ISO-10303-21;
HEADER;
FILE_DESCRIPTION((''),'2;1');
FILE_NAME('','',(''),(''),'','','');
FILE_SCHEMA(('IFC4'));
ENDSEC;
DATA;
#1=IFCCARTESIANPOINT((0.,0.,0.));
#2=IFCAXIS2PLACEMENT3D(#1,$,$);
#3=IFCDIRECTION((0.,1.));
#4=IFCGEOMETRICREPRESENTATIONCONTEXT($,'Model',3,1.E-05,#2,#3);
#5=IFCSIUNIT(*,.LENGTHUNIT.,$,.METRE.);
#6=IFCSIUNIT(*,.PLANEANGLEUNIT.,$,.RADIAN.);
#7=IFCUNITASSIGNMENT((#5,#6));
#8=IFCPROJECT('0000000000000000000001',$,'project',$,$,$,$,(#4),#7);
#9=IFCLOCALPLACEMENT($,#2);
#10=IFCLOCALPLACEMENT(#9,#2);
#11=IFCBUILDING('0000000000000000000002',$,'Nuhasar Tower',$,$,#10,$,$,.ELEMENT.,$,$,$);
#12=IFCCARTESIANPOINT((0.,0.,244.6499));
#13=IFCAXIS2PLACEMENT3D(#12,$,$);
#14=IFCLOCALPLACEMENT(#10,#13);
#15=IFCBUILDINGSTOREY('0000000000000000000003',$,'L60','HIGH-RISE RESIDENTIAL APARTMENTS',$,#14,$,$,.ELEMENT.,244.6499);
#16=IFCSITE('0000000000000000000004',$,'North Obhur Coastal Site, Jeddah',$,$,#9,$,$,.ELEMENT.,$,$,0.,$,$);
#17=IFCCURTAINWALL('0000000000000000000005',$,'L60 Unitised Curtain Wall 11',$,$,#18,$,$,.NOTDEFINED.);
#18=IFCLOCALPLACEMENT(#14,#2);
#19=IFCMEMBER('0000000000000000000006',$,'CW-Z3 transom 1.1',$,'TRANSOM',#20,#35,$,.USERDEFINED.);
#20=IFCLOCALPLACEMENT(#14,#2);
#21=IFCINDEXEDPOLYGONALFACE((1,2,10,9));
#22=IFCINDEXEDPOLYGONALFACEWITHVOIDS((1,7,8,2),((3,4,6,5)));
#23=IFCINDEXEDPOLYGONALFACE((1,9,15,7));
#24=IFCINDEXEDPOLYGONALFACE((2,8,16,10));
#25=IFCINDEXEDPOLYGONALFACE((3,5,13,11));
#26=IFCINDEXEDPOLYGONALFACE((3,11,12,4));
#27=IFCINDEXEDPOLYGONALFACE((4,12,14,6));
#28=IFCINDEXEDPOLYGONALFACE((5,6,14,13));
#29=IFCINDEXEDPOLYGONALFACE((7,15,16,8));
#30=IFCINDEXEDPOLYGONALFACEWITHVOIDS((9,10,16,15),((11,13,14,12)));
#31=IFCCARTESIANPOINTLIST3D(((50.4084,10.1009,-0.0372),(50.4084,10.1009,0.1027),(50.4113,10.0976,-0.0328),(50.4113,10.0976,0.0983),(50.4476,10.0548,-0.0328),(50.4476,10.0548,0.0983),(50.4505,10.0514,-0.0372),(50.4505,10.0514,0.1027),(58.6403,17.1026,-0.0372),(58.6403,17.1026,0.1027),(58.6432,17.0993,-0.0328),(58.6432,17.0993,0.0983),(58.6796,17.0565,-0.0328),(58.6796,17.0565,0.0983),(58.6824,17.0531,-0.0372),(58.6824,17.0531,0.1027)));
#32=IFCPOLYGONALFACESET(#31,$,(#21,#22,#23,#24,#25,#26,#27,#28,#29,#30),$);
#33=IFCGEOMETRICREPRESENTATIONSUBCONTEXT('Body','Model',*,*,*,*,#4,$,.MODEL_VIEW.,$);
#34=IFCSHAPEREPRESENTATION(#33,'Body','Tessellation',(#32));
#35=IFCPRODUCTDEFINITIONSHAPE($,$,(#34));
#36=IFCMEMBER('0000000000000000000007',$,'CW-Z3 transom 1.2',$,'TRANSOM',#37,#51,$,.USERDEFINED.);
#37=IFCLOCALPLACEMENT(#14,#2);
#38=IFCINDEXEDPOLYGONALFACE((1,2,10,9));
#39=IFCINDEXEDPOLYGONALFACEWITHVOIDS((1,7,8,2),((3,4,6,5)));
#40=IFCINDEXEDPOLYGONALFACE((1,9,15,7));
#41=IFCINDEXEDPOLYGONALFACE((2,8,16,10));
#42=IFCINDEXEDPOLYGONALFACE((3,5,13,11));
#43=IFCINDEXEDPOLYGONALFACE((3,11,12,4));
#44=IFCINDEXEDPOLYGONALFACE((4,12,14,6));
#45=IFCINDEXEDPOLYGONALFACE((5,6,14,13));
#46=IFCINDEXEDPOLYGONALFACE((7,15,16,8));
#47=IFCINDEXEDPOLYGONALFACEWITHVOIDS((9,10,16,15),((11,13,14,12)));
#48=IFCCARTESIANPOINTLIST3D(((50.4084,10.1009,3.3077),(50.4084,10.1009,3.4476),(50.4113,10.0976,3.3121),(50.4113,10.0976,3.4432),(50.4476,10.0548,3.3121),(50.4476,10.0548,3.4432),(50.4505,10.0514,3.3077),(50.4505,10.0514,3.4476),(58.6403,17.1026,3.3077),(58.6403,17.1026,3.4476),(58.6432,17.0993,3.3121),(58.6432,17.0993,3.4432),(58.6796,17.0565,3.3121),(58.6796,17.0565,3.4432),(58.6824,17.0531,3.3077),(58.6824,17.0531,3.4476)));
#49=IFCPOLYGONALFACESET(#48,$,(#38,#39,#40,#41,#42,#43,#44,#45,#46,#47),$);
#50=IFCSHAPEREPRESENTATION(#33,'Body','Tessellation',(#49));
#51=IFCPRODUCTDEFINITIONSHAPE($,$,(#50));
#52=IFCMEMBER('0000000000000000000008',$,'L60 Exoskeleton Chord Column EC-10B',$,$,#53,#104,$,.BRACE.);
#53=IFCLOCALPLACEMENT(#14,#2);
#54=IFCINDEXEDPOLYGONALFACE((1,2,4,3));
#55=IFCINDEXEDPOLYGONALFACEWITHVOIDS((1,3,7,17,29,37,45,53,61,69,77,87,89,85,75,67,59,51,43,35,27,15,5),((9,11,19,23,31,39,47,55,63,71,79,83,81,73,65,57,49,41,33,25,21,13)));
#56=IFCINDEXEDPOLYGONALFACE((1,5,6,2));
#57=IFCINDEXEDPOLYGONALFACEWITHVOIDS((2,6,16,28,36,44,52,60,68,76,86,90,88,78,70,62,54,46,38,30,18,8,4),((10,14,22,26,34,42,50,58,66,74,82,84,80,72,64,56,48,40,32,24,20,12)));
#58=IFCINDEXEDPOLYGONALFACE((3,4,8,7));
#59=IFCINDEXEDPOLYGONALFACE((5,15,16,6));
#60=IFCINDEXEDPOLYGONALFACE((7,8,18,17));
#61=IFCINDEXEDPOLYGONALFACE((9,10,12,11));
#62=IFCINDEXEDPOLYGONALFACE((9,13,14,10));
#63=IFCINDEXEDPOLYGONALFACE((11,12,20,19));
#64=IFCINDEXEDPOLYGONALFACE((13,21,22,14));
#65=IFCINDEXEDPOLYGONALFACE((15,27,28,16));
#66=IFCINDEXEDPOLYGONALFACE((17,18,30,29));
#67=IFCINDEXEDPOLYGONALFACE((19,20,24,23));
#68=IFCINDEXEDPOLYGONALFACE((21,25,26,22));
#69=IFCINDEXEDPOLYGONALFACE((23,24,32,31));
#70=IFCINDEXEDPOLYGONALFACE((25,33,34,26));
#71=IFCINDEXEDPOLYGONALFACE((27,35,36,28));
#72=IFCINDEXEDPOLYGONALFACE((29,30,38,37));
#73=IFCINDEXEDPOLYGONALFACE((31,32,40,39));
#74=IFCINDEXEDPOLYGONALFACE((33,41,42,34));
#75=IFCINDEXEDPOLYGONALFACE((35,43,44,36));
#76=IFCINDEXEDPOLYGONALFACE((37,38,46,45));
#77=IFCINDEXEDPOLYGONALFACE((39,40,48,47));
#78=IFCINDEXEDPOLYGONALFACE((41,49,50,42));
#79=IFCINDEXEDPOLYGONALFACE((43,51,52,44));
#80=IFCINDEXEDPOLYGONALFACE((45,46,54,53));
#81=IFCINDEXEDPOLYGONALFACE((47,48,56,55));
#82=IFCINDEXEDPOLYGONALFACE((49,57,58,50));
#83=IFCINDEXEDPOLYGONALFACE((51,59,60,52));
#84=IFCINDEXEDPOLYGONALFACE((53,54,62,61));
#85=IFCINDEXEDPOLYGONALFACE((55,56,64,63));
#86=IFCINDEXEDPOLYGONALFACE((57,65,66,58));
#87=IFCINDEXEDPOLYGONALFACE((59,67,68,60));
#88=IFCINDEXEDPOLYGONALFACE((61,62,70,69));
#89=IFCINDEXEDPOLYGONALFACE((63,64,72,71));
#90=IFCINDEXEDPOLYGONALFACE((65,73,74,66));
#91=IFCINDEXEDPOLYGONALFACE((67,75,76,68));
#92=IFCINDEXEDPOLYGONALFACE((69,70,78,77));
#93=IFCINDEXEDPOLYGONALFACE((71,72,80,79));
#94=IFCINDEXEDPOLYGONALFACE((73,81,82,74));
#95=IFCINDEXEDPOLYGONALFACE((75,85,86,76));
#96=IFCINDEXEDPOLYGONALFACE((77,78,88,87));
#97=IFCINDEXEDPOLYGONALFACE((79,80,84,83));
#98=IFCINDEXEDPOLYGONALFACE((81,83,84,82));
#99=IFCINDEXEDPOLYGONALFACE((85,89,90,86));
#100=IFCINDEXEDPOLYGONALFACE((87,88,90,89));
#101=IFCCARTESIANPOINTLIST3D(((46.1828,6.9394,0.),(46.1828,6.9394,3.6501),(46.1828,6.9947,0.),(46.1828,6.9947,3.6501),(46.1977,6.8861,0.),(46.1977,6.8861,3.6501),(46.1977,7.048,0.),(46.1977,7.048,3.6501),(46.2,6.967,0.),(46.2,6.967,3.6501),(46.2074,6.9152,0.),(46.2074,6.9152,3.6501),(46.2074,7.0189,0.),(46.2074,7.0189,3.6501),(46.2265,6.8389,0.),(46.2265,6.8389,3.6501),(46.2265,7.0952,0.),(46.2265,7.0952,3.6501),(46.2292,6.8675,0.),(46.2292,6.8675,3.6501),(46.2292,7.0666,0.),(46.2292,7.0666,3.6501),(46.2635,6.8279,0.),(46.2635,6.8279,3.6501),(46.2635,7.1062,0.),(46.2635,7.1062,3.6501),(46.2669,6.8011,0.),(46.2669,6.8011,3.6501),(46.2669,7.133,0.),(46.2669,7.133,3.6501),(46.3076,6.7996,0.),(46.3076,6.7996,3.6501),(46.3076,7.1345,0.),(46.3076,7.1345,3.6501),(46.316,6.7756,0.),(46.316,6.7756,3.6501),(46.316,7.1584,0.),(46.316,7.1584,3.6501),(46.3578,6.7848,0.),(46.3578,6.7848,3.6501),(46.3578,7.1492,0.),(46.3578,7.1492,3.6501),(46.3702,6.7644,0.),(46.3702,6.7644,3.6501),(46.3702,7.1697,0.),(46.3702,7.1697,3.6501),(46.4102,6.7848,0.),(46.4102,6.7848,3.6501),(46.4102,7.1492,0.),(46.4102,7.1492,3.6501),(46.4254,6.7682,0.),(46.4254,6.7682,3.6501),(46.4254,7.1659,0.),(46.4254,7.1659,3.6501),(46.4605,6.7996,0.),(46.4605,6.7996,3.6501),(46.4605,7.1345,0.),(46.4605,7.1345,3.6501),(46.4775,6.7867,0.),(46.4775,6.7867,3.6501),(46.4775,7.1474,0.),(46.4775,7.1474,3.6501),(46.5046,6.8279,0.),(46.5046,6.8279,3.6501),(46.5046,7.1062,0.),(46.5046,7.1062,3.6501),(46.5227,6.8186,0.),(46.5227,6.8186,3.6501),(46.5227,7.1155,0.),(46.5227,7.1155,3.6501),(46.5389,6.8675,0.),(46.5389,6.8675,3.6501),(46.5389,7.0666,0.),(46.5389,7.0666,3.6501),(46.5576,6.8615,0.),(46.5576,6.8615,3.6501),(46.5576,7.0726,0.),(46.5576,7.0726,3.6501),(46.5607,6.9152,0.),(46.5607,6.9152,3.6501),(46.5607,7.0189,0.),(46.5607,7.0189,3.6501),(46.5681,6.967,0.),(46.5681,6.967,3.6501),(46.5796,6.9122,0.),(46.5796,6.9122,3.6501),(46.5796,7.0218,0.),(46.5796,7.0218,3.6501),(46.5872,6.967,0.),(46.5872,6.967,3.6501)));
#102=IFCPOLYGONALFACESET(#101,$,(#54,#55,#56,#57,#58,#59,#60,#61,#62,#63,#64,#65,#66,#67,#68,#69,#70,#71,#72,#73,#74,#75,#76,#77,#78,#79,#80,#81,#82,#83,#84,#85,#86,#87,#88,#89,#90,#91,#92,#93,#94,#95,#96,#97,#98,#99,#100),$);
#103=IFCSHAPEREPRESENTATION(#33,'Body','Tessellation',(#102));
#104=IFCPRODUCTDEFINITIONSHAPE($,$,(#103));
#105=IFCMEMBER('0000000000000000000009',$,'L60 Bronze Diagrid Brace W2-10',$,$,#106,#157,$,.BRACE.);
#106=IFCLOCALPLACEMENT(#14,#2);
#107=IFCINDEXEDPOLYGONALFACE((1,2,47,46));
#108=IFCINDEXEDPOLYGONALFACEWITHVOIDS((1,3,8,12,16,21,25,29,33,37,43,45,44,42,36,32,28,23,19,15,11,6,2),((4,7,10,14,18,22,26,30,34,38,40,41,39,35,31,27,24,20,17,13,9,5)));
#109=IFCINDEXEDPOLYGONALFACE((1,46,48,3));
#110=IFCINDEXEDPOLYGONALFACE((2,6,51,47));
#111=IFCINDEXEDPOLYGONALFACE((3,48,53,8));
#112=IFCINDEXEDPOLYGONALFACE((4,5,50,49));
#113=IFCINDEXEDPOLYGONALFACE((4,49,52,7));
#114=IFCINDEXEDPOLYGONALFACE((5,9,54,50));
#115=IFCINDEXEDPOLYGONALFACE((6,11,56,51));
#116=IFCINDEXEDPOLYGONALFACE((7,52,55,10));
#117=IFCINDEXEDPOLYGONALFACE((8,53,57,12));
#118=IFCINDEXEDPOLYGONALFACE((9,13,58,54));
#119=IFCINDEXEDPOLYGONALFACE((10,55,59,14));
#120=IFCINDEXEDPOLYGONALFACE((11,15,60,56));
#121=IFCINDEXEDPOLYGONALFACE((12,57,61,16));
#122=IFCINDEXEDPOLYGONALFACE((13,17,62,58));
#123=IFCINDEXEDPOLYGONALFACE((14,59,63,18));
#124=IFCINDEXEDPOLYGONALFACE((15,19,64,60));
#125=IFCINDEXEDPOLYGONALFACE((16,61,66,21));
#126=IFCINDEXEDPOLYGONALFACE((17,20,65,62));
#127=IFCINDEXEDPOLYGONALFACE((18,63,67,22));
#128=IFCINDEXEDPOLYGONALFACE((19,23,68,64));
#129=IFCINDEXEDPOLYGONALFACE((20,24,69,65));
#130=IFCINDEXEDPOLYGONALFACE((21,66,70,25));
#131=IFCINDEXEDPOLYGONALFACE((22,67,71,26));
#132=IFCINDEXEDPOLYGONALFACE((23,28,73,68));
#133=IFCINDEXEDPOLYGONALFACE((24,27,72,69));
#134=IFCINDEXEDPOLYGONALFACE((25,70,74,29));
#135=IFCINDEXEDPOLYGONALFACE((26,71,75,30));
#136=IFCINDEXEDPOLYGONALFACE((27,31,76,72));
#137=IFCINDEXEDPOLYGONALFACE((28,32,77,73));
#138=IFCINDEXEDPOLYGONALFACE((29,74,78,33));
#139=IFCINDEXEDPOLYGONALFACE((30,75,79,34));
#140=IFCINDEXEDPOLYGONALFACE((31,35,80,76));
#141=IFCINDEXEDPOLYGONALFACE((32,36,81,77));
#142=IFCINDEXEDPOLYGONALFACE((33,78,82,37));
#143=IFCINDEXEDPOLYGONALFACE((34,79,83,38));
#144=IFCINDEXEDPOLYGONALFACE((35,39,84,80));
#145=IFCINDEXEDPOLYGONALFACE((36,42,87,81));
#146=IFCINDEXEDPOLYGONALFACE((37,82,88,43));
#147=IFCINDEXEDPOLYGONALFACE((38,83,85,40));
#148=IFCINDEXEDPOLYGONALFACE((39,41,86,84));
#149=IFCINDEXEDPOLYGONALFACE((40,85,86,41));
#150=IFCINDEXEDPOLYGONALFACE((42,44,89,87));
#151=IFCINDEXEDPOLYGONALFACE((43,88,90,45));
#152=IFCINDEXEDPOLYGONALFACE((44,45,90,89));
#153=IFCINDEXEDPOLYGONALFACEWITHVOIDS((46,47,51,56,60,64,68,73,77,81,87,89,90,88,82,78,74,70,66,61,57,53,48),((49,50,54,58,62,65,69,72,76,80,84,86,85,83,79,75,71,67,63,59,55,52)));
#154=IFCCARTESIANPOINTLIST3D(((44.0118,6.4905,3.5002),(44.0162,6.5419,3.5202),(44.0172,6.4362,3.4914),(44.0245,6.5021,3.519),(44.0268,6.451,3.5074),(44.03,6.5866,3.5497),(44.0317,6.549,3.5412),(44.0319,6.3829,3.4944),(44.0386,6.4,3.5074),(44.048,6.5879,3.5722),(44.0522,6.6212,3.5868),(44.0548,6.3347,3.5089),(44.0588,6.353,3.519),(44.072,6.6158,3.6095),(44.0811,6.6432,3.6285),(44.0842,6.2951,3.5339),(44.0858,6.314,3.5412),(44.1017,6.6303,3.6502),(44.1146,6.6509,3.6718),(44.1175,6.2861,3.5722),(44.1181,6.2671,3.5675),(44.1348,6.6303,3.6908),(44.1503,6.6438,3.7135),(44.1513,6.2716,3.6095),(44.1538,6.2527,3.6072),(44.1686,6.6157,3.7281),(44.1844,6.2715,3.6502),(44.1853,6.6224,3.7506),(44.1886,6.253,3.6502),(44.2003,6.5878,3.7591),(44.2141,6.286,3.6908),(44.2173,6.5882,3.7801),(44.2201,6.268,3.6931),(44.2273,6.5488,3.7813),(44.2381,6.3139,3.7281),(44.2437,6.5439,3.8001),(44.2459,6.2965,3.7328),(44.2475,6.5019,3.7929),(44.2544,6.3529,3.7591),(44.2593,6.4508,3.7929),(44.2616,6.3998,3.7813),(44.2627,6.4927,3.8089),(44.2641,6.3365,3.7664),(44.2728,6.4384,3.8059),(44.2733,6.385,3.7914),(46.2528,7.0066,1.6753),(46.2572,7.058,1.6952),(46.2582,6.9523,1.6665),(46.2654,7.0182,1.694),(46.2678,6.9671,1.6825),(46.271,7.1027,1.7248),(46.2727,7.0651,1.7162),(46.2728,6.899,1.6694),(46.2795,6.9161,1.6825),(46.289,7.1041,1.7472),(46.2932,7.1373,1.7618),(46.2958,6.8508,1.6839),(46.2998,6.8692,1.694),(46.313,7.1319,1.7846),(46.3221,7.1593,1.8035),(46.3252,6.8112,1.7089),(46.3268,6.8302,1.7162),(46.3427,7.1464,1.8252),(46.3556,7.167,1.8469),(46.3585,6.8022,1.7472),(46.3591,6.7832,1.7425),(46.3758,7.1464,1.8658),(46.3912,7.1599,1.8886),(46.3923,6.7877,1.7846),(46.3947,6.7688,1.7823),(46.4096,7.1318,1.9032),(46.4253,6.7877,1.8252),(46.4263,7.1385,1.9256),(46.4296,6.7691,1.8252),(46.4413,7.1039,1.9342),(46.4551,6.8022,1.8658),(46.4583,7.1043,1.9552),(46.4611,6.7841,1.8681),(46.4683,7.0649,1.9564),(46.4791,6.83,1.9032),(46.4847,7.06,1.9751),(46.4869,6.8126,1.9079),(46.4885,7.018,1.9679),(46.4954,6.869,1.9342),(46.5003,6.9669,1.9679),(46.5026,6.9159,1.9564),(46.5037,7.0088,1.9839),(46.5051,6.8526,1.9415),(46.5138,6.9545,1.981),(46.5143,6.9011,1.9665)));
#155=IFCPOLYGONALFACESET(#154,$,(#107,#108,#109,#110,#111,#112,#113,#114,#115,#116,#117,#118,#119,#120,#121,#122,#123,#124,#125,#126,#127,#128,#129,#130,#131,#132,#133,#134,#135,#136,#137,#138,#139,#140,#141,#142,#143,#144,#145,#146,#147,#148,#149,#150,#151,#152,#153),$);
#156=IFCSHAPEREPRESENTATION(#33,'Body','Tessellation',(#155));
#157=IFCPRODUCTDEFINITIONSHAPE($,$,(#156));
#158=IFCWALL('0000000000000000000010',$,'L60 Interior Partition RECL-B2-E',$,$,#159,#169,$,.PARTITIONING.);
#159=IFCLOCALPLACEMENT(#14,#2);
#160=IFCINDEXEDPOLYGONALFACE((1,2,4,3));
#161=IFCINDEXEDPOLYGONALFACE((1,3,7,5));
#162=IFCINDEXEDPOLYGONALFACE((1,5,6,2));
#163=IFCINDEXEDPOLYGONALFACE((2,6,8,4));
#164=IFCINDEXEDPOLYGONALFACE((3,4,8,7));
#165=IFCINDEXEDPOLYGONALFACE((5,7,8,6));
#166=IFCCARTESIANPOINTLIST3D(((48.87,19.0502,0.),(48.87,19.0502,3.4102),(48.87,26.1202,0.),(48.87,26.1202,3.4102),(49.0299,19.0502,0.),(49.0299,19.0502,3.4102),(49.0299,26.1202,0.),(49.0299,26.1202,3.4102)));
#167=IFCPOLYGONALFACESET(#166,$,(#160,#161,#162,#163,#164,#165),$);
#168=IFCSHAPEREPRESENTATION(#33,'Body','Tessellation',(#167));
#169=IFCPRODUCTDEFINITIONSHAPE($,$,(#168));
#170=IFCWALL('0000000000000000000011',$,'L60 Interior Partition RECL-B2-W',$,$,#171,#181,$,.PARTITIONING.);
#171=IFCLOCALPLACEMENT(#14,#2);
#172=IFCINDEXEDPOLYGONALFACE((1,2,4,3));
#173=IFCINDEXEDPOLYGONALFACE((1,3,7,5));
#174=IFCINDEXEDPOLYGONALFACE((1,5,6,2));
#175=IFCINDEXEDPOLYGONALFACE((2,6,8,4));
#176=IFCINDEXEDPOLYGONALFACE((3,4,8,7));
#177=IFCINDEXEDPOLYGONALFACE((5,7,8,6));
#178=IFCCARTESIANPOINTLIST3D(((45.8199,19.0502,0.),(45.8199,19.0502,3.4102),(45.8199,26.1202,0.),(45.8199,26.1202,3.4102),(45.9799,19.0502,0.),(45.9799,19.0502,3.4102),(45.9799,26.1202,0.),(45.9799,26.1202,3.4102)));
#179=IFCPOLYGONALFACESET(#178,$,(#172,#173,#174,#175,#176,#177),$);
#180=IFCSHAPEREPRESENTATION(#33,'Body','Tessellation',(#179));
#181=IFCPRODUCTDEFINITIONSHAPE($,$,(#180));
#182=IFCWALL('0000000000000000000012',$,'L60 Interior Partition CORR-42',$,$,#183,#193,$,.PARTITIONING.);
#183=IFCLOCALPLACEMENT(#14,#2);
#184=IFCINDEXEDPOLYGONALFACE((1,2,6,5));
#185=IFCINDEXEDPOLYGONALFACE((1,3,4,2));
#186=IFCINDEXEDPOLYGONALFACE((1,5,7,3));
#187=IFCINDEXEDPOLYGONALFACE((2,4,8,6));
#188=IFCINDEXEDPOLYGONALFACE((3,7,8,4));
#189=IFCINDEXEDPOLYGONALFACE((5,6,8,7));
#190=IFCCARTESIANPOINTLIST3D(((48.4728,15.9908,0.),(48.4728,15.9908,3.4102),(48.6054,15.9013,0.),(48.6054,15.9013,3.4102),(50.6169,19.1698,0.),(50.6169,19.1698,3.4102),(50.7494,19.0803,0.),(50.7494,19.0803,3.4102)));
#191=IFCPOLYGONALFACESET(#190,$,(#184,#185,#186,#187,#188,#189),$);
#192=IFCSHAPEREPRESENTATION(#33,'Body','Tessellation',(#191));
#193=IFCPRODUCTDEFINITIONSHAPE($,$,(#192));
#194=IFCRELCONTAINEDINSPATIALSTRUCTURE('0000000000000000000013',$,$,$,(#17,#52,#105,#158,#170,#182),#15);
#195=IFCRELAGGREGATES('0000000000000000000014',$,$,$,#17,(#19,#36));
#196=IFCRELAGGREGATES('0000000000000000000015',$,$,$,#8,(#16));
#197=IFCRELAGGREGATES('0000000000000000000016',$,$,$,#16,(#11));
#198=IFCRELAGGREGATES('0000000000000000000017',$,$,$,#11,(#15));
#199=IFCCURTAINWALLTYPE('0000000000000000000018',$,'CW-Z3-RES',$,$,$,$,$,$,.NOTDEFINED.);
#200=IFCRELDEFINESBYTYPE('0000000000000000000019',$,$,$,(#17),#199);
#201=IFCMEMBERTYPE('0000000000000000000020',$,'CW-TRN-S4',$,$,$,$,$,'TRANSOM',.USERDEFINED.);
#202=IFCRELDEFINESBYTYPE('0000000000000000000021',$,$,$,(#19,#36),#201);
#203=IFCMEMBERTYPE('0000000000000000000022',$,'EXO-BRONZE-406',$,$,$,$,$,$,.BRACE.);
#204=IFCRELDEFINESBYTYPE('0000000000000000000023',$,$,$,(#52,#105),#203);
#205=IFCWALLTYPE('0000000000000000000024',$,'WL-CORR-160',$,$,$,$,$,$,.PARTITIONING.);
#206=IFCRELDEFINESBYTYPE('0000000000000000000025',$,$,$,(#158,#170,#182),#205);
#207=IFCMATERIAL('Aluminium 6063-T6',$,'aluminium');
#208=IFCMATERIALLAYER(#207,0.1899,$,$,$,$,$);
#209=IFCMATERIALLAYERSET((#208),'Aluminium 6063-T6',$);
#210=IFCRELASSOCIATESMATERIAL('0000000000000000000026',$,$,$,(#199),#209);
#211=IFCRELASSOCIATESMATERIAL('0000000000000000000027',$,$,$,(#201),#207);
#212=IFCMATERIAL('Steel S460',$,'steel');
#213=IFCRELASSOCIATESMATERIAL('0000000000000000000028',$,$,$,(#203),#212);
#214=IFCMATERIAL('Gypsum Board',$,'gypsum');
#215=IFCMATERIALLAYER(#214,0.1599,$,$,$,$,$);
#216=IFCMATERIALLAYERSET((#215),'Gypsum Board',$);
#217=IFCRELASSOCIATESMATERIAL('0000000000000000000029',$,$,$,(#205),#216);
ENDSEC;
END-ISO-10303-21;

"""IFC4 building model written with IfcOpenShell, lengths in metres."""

from ifc_helpers import new_model, si_unit, direction, frame, frame_2d, origin, origin_2d, place, context, subcontext, project, spatial, rectangle, hollow_rectangle, hollow_circle, extrude, material, layer, layer_set, material_profile, profile_set, type_object, element, aggregate, save


model = new_model("IFC4")

# Units and contexts
model_context = context("Model", 3, precision=1e-05, world=origin(), true_north=direction((0.0, 1.0)))
body_context = subcontext(model_context, "Body", "Model", "MODEL_VIEW")
ifc_project = project(units=[si_unit("LENGTHUNIT", "METRE"), si_unit("PLANEANGLEUNIT", "RADIAN")], contexts=[model_context])

# Site, building, storey
site_placement = place(None, origin())
site = spatial("IfcSite", under=ifc_project, at=site_placement, Name="North Obhur Coastal Site, Jeddah", CompositionType="ELEMENT", RefElevation=0.0)
building_placement = place(site_placement, origin())
building = spatial("IfcBuilding", under=site, at=building_placement, Name="Nuhasar Tower", CompositionType="ELEMENT")
storey_placement = place(building_placement, frame((0.0, 0.0, 244.6499)))
storey = spatial("IfcBuildingStorey", under=building, at=storey_placement, Name="L60", Description="HIGH-RISE RESIDENTIAL APARTMENTS", CompositionType="ELEMENT", Elevation=244.6499)

# Shared definitions
ifc_material_1 = material(Name="Aluminium 6063-T6", Category="aluminium")
ifc_layer_1 = layer(ifc_material_1, 0.1899)
ifc_layer_set_1 = layer_set([ifc_layer_1], Name="Aluminium 6063-T6")
curtain_wall_type = type_object("IfcCurtainWallType", Name="CW-Z3-RES", PredefinedType="NOTDEFINED", material=ifc_layer_set_1)

# Curtain wall, members
curtain_wall_1_placement = place(storey_placement, origin())
curtain_wall_1 = element("IfcCurtainWall", 1, at=curtain_wall_1_placement, inside=storey, type_object=curtain_wall_type, Name="L60 Unitised Curtain Wall 11", PredefinedType="NOTDEFINED")
ifc_material_profile_1 = material_profile(ifc_material_1, hollow_rectangle(XDim=0.0649, YDim=0.1399, WallThickness=0.0044, at=origin_2d()), Name="CWT-4")
ifc_profile_set_1 = profile_set([ifc_material_profile_1], Name="Aluminium 6063-T6")
member_type_1 = type_object("IfcMemberType", Name="CW-TRN-S4", ElementType="TRANSOM", PredefinedType="USERDEFINED", material=ifc_profile_set_1)
member_1_placement = place(storey_placement, frame((50.4294, 10.0762, 0.0327), z_axis=(0.761731, 0.647894, 0.0), x_axis=(-0.647894, 0.761731, 0.0)))
member_1 = element("IfcMember", 2, at=member_1_placement, type_object=member_type_1, Name="CW-Z3 transom 1.1", ObjectType="TRANSOM", PredefinedType="USERDEFINED", context=body_context, shape_type="SweptSolid", body=[
    extrude(hollow_rectangle(XDim=0.0649, YDim=0.1399, WallThickness=0.0044, at=origin_2d()), origin(), (0.0, 0.0, 1.0), 10.8069),
])
member_2_placement = place(storey_placement, frame((50.4294, 10.0762, 3.3777), z_axis=(0.761731, 0.647894, 0.0), x_axis=(-0.647894, 0.761731, 0.0)))
member_2 = element("IfcMember", 3, at=member_2_placement, type_object=member_type_1, Name="CW-Z3 transom 1.2", ObjectType="TRANSOM", PredefinedType="USERDEFINED", context=body_context, shape_type="SweptSolid", body=[
    extrude(hollow_rectangle(XDim=0.0649, YDim=0.1399, WallThickness=0.0044, at=origin_2d()), origin(), (0.0, 0.0, 1.0), 10.8069),
])
aggregate(curtain_wall_1, [member_1, member_2])

# Members
ifc_material_2 = material(Name="Steel S460", Category="steel")
ifc_material_profile_2 = material_profile(ifc_material_2, hollow_circle(Radius=0.2031, WallThickness=0.019, at=origin_2d()), Name="HSS406.4X19.1")
ifc_profile_set_2 = profile_set([ifc_material_profile_2], Name="Steel S460")
member_type_2 = type_object("IfcMemberType", Name="EXO-BRONZE-406", PredefinedType="BRACE", material=ifc_profile_set_2)
member_3_placement = place(storey_placement, frame((46.384, 6.967, 0.0), z_axis=(0.0, 0.0, 1.0), x_axis=(1.0, 0.0, 0.0)))
element("IfcMember", 4, at=member_3_placement, inside=storey, type_object=member_type_2, Name="L60 Exoskeleton Chord Column EC-10B", PredefinedType="BRACE", context=body_context, shape_type="SweptSolid", body=[
    extrude(hollow_circle(Radius=0.2031, WallThickness=0.019, at=origin_2d()), origin(), (0.0, 0.0, 1.0), 3.6501),
])
member_4_placement = place(storey_placement, frame((46.384, 6.967, 1.8252), z_axis=(-0.763332, -0.175802, 0.621626), x_axis=(0.224433, -0.97449, 0.0)))
element("IfcMember", 5, at=member_4_placement, inside=storey, type_object=member_type_2, Name="L60 Bronze Diagrid Brace W2-10", PredefinedType="BRACE", context=body_context, shape_type="SweptSolid", body=[
    extrude(hollow_circle(Radius=0.2031, WallThickness=0.019, at=origin_2d()), origin(), (0.0, 0.0, 1.0), 2.9358),
])

# Walls
ifc_material_3 = material(Name="Gypsum Board", Category="gypsum")
ifc_layer_2 = layer(ifc_material_3, 0.1599)
ifc_layer_set_2 = layer_set([ifc_layer_2], Name="Gypsum Board")
wall_type_1 = type_object("IfcWallType", Name="WL-CORR-160", PredefinedType="PARTITIONING", material=ifc_layer_set_2)
for number, where, z_axis, x_axis, name in (
    (6, (48.95, 19.05, 0.0), (0.0, 0.0, 1.0), (0.0, 1.0, 0.0), "L60 Interior Partition RECL-B2-E"),
    (7, (45.8999, 19.05, 0.0), (0.0, 0.0, 1.0), (0.0, 1.0, 0.0), "L60 Interior Partition RECL-B2-W"),
):
    element("IfcWall", number, at=place(storey_placement, frame(where, z_axis=z_axis, x_axis=x_axis)), inside=storey, type_object=wall_type_1, Name=name, PredefinedType="PARTITIONING", context=body_context, shape_type="SweptSolid", body=[
        extrude(rectangle(XDim=7.0701, YDim=0.1599, at=frame_2d((3.5352, 0.0))), origin(), (0.0, 0.0, 1.0), 3.4102),
    ])
wall_1_placement = place(storey_placement, frame((48.5391, 15.946, 0.0), z_axis=(0.0, 0.0, 1.0), x_axis=(0.559159, 0.82906, 0.0)))
element("IfcWall", 8, at=wall_1_placement, inside=storey, type_object=wall_type_1, Name="L60 Interior Partition CORR-42", PredefinedType="PARTITIONING", context=body_context, shape_type="SweptSolid", body=[
    extrude(rectangle(XDim=3.8345, YDim=0.1599, at=frame_2d((1.9172, 0.0))), origin(), (0.0, 0.0, 1.0), 3.4102),
])

save(model, "model.ifc")
